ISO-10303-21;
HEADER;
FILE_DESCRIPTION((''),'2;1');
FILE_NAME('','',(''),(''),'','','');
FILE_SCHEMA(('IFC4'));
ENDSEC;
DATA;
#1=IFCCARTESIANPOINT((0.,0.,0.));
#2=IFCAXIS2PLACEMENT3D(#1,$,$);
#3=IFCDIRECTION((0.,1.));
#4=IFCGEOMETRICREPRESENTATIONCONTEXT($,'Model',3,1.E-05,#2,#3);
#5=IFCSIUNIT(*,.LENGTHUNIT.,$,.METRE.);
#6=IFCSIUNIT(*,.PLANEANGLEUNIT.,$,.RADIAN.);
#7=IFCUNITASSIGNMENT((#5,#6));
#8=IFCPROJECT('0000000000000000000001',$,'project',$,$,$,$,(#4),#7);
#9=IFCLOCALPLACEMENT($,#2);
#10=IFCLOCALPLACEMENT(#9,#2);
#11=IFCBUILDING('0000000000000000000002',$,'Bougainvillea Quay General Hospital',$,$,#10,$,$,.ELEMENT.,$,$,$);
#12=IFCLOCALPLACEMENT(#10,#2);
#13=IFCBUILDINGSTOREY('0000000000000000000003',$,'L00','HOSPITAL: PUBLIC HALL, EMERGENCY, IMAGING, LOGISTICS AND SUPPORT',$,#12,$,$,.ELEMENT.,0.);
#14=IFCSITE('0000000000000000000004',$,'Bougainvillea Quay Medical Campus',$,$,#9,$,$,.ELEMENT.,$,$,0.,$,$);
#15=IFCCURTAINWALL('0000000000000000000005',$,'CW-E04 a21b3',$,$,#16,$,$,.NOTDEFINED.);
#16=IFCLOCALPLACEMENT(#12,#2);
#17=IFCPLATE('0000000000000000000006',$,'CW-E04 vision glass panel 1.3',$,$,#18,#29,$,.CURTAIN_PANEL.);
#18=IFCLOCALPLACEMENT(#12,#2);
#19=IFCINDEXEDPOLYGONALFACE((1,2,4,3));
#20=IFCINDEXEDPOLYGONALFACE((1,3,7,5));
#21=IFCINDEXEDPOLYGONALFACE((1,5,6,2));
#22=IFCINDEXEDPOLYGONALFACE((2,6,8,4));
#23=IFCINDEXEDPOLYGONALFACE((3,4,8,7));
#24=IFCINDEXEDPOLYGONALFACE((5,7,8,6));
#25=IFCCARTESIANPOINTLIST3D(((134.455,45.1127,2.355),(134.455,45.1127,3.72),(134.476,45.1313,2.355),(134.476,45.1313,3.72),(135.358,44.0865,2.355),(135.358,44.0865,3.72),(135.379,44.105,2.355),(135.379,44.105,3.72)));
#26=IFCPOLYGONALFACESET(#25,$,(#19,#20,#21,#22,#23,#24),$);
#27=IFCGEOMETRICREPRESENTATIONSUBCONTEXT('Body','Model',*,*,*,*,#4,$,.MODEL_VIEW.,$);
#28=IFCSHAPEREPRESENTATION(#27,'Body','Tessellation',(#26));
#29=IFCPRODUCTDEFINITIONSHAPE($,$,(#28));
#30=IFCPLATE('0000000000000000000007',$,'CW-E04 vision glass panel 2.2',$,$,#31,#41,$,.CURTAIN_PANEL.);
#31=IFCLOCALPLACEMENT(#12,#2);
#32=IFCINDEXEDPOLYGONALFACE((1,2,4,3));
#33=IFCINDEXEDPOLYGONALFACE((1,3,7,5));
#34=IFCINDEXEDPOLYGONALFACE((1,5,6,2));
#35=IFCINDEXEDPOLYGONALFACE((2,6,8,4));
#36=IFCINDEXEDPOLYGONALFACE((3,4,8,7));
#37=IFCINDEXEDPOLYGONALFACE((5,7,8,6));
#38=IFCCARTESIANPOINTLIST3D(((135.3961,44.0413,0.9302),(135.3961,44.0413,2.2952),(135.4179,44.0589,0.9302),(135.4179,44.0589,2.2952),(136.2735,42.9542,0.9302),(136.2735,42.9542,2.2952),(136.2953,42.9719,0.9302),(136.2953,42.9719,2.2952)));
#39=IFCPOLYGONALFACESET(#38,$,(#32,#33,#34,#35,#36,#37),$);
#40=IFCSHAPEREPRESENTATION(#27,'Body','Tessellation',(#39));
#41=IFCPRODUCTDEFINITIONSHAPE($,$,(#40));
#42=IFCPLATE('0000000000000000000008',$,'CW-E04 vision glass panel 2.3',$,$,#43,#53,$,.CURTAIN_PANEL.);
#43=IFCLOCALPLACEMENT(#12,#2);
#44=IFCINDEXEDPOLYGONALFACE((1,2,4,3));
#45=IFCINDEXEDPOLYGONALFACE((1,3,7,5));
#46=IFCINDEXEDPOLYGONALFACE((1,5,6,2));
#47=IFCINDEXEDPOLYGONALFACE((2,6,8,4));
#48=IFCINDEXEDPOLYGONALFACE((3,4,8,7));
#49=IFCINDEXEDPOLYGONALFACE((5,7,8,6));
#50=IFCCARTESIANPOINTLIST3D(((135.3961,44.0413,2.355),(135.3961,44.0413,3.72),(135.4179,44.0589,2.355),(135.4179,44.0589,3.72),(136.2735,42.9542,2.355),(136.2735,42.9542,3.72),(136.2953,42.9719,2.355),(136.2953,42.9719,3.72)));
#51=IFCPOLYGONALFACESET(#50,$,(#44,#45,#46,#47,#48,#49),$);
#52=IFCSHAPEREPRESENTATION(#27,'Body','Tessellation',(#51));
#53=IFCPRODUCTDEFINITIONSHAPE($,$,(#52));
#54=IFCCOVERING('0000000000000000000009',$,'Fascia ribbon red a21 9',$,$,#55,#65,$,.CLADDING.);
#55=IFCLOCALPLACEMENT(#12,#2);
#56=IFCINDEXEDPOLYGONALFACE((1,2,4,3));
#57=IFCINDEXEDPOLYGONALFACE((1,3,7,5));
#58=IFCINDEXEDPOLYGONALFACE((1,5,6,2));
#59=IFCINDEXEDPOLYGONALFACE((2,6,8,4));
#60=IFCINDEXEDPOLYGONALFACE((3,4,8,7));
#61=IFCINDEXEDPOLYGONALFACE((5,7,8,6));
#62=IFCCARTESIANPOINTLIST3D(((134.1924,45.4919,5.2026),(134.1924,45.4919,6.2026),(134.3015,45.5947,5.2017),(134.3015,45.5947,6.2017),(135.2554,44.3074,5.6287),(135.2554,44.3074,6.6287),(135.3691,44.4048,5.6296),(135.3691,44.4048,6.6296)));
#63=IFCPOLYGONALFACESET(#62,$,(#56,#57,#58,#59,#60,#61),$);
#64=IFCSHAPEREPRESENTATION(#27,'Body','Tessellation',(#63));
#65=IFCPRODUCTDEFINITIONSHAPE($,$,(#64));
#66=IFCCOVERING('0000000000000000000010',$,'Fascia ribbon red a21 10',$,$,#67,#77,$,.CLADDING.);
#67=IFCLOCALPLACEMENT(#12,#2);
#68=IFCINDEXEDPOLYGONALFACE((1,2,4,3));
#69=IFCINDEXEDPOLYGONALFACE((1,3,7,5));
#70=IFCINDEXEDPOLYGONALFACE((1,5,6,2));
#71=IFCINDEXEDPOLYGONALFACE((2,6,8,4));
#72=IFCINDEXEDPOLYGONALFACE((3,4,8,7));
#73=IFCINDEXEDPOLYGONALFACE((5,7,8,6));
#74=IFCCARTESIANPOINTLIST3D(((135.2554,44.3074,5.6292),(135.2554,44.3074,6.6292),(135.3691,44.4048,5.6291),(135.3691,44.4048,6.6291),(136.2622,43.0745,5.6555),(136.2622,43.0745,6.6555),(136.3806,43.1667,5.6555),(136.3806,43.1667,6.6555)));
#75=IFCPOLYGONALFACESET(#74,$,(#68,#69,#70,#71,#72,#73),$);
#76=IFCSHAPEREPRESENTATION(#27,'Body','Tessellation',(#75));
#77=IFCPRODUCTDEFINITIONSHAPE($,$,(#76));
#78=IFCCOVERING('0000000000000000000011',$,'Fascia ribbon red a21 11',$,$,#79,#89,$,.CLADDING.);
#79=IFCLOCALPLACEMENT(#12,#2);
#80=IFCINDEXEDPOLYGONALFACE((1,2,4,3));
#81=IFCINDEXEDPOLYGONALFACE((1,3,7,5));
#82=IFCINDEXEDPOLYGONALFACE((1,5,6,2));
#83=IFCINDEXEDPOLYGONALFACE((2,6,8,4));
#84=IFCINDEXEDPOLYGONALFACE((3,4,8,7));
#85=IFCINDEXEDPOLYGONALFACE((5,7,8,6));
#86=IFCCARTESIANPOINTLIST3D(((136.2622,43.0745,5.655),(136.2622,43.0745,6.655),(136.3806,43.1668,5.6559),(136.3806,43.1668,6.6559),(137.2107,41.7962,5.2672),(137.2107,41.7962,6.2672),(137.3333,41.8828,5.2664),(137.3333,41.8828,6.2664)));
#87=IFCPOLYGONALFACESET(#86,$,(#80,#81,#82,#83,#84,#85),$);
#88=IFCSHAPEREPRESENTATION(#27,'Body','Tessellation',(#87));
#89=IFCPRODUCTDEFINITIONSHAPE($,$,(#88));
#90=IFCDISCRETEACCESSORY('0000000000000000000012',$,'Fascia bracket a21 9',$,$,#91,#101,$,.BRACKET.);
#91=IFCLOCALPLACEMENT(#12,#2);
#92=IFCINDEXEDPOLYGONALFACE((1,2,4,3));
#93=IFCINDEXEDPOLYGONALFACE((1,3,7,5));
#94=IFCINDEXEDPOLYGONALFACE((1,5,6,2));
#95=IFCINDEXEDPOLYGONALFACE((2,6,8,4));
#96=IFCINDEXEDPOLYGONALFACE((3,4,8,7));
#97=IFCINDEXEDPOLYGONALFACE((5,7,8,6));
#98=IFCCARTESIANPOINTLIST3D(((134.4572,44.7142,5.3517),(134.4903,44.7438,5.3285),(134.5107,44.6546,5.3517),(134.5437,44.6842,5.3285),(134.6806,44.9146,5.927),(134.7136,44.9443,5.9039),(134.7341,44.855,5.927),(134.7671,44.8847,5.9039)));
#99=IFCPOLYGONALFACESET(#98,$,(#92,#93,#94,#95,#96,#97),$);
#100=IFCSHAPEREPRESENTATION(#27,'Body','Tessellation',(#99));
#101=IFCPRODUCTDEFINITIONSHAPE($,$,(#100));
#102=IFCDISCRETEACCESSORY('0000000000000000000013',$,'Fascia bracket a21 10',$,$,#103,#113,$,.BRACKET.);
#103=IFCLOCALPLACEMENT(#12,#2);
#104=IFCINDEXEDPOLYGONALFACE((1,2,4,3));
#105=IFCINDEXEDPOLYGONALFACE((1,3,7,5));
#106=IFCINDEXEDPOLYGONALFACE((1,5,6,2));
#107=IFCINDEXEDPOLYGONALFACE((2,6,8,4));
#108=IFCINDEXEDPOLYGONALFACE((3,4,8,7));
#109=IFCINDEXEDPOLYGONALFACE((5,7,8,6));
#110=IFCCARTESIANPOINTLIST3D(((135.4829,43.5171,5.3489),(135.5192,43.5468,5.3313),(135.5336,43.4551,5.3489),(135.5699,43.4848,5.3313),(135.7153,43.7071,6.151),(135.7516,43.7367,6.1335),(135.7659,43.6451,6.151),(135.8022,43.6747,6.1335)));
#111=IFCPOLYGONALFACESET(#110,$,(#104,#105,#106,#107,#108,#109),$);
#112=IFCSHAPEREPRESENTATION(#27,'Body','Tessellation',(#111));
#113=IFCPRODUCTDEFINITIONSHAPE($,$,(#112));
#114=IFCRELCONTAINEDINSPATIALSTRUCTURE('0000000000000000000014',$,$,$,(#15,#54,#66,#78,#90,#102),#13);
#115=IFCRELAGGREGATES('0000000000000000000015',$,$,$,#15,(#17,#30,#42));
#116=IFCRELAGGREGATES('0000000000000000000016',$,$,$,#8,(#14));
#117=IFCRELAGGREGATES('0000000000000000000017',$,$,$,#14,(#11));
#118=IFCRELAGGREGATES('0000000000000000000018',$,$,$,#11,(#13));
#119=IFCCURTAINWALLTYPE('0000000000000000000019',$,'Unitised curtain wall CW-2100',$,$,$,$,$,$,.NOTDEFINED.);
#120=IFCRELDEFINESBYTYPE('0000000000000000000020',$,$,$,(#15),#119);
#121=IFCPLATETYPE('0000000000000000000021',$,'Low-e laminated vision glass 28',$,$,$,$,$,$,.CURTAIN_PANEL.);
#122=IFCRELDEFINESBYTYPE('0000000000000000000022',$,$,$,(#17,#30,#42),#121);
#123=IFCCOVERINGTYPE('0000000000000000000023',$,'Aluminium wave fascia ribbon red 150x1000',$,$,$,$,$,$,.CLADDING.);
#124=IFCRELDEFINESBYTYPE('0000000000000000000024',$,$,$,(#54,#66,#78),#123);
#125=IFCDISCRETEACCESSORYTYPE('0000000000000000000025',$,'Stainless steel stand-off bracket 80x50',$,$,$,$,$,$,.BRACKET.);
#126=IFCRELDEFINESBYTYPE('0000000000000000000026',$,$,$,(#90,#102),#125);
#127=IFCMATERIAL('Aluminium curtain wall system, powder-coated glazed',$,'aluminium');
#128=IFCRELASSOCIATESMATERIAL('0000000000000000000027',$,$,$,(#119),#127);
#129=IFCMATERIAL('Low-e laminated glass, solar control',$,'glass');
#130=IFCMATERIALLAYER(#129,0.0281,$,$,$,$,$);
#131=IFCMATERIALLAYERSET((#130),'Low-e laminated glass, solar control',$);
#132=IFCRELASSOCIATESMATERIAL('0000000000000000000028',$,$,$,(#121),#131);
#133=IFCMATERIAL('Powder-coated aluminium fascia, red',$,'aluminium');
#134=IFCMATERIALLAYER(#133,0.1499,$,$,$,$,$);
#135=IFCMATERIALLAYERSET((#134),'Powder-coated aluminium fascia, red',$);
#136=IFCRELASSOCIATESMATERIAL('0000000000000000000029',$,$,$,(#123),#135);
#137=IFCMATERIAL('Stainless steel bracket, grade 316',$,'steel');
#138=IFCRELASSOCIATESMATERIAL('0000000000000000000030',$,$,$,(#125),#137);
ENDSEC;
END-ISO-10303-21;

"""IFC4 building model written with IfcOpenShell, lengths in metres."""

from ifc_helpers import new_model, si_unit, direction, frame, origin, origin_2d, place, context, subcontext, project, spatial, polyline, rectangle, outline, extrude, material, layer, layer_set, material_profile, profile_set, type_object, element, aggregate, save


model = new_model("IFC4")

# Units and contexts
model_context = context("Model", 3, precision=1e-05, world=origin(), true_north=direction((0.0, 1.0)))
body_context = subcontext(model_context, "Body", "Model", "MODEL_VIEW")
ifc_project = project(units=[si_unit("LENGTHUNIT", "METRE"), si_unit("PLANEANGLEUNIT", "RADIAN")], contexts=[model_context])

# Site, building, storey
site_placement = place(None, origin())
site = spatial("IfcSite", under=ifc_project, at=site_placement, Name="Bougainvillea Quay Medical Campus", CompositionType="ELEMENT", RefElevation=0.0)
building_placement = place(site_placement, origin())
building = spatial("IfcBuilding", under=site, at=building_placement, Name="Bougainvillea Quay General Hospital", CompositionType="ELEMENT")
storey_placement = place(building_placement, origin())
storey = spatial("IfcBuildingStorey", under=building, at=storey_placement, Name="L00", Description="HOSPITAL: PUBLIC HALL, EMERGENCY, IMAGING, LOGISTICS AND SUPPORT", CompositionType="ELEMENT", Elevation=0.0)

# Curtain wall, plates
ifc_material_1 = material(Name="Aluminium curtain wall system, powder-coated glazed", Category="aluminium")
curtain_wall_type = type_object("IfcCurtainWallType", Name="Unitised curtain wall CW-2100", PredefinedType="NOTDEFINED", material=ifc_material_1)
curtain_wall_placement = place(storey_placement, origin())
curtain_wall = element("IfcCurtainWall", 1, at=curtain_wall_placement, inside=storey, type_object=curtain_wall_type, Name="CW-E04 a21b3", PredefinedType="NOTDEFINED")
ifc_material_2 = material(Name="Low-e laminated glass, solar control", Category="glass")
ifc_layer_1 = layer(ifc_material_2, 0.0281)
ifc_layer_set_1 = layer_set([ifc_layer_1], Name="Low-e laminated glass, solar control")
plate_type_1 = type_object("IfcPlateType", Name="Low-e laminated vision glass 28", PredefinedType="CURTAIN_PANEL", material=ifc_layer_set_1)
plate_1_placement = place(storey_placement, frame((134.917, 44.6089, 2.355), z_axis=(0.0, 0.0, 1.0), x_axis=(0.660596, -0.750742, 0.0)))
plate_1 = element("IfcPlate", 2, at=plate_1_placement, type_object=plate_type_1, Name="CW-E04 vision glass panel 1.3", PredefinedType="CURTAIN_PANEL", context=body_context, shape_type="SweptSolid", body=[
    extrude(rectangle(XDim=1.3669, YDim=0.0281, at=origin_2d()), origin(), (0.0, 0.0, 1.0), 1.365),
])
plate_2_placement = place(storey_placement, frame((135.8457, 43.5066, 0.9302), z_axis=(0.0, 0.0, 1.0), x_axis=(0.628072, -0.778155, 0.0)))
plate_2 = element("IfcPlate", 3, at=plate_2_placement, type_object=plate_type_1, Name="CW-E04 vision glass panel 2.2", PredefinedType="CURTAIN_PANEL", context=body_context, shape_type="SweptSolid", body=[
    extrude(rectangle(XDim=1.397, YDim=0.0281, at=origin_2d()), origin(), (0.0, 0.0, 1.0), 1.365),
])
plate_3_placement = place(storey_placement, frame((135.8457, 43.5066, 2.355), z_axis=(0.0, 0.0, 1.0), x_axis=(0.628072, -0.778155, 0.0)))
plate_3 = element("IfcPlate", 4, at=plate_3_placement, type_object=plate_type_1, Name="CW-E04 vision glass panel 2.3", PredefinedType="CURTAIN_PANEL", context=body_context, shape_type="SweptSolid", body=[
    extrude(rectangle(XDim=1.397, YDim=0.0281, at=origin_2d()), origin(), (0.0, 0.0, 1.0), 1.365),
])
aggregate(curtain_wall, [plate_1, plate_2, plate_3])

# Coverings
ifc_material_3 = material(Name="Powder-coated aluminium fascia, red", Category="aluminium")
ifc_layer_2 = layer(ifc_material_3, 0.1499)
ifc_layer_set_2 = layer_set([ifc_layer_2], Name="Powder-coated aluminium fascia, red")
covering_type = type_object("IfcCoveringType", Name="Aluminium wave fascia ribbon red 150x1000", PredefinedType="CLADDING", material=ifc_layer_set_2)
covering_1_placement = place(storey_placement, frame((134.1924, 45.4919, 5.2026), z_axis=(-0.172787, 0.192383, 0.965988), x_axis=(0.645164, -0.718956, 0.258586)))
element("IfcCovering", 5, at=covering_1_placement, inside=storey, type_object=covering_type, Name="Fascia ribbon red a21 9", PredefinedType="CLADDING", context=body_context, shape_type="SweptSolid", body=[
    extrude(outline(polyline([(0.0, 0.0), (1.6476, 0.0), (1.6512, 0.1497), (-0.0037, 0.1499), (0.0, 0.0)])), origin(), (0.258586, 0.000107, 0.965988), 1.0),
])
covering_2_placement = place(storey_placement, frame((135.2554, 44.3074, 5.6292), z_axis=(-0.010456, 0.012798, 0.999863), x_axis=(0.632433, -0.774439, 0.016526)))
element("IfcCovering", 6, at=covering_2_placement, inside=storey, type_object=covering_type, Name="Fascia ribbon red a21 10", PredefinedType="CLADDING", context=body_context, shape_type="SweptSolid", body=[
    extrude(outline(polyline([(0.0, 0.0), (1.592, 0.0), (1.5954, 0.1501), (-0.0035, 0.1497), (0.0, 0.0)])), origin(), (0.016526, 0.000004, 0.999863), 1.0),
])
covering_3_placement = place(storey_placement, frame((136.2622, 43.0745, 5.655), z_axis=(0.141135, -0.190042, 0.971579), x_axis=(0.578934, -0.780257, -0.236717)))
element("IfcCovering", 7, at=covering_3_placement, inside=storey, type_object=covering_type, Name="Fascia ribbon red a21 11", PredefinedType="CLADDING", context=body_context, shape_type="SweptSolid", body=[
    extrude(outline(polyline([(0.0, 0.0), (1.6383, 0.0), (1.6419, 0.1501), (-0.0037, 0.1501), (0.0, 0.0)])), origin(), (-0.236717, -0.0001, 0.971579), 1.0),
])

# Discrete accessories
ifc_material_4 = material(Name="Stainless steel bracket, grade 316", Category="steel")
ifc_material_profile_1 = material_profile(ifc_material_4, rectangle(XDim=0.0801, YDim=0.05, at=origin_2d()))
ifc_profile_set_1 = profile_set([ifc_material_profile_1], Name="Stainless steel bracket, grade 316")
discrete_accessory_type = type_object("IfcDiscreteAccessoryType", Name="Stainless steel stand-off bracket 80x50", PredefinedType="BRACKET", material=ifc_profile_set_1)
discrete_accessory_1_placement = place(storey_placement, frame((134.5005, 44.6992, 5.3401), z_axis=(0.344201, 0.308841, 0.886647), x_axis=(-0.66784, 0.744304, 0.0)))
element("IfcDiscreteAccessory", 8, at=discrete_accessory_1_placement, inside=storey, type_object=discrete_accessory_type, Name="Fascia bracket a21 9", PredefinedType="BRACKET", context=body_context, shape_type="SweptSolid", body=[
    extrude(rectangle(XDim=0.0801, YDim=0.05, at=origin_2d()), origin(), (0.0, 0.0, 1.0), 0.6489),
])
discrete_accessory_2_placement = place(storey_placement, frame((135.5264, 43.501, 5.3401), z_axis=(0.271343, 0.221749, 0.93659), x_axis=(-0.632795, 0.77432, 0.0)))
element("IfcDiscreteAccessory", 9, at=discrete_accessory_2_placement, inside=storey, type_object=discrete_accessory_type, Name="Fascia bracket a21 10", PredefinedType="BRACKET", context=body_context, shape_type="SweptSolid", body=[
    extrude(rectangle(XDim=0.0801, YDim=0.05, at=origin_2d()), origin(), (0.0, 0.0, 1.0), 0.8564),
])

save(model, "model.ifc")
